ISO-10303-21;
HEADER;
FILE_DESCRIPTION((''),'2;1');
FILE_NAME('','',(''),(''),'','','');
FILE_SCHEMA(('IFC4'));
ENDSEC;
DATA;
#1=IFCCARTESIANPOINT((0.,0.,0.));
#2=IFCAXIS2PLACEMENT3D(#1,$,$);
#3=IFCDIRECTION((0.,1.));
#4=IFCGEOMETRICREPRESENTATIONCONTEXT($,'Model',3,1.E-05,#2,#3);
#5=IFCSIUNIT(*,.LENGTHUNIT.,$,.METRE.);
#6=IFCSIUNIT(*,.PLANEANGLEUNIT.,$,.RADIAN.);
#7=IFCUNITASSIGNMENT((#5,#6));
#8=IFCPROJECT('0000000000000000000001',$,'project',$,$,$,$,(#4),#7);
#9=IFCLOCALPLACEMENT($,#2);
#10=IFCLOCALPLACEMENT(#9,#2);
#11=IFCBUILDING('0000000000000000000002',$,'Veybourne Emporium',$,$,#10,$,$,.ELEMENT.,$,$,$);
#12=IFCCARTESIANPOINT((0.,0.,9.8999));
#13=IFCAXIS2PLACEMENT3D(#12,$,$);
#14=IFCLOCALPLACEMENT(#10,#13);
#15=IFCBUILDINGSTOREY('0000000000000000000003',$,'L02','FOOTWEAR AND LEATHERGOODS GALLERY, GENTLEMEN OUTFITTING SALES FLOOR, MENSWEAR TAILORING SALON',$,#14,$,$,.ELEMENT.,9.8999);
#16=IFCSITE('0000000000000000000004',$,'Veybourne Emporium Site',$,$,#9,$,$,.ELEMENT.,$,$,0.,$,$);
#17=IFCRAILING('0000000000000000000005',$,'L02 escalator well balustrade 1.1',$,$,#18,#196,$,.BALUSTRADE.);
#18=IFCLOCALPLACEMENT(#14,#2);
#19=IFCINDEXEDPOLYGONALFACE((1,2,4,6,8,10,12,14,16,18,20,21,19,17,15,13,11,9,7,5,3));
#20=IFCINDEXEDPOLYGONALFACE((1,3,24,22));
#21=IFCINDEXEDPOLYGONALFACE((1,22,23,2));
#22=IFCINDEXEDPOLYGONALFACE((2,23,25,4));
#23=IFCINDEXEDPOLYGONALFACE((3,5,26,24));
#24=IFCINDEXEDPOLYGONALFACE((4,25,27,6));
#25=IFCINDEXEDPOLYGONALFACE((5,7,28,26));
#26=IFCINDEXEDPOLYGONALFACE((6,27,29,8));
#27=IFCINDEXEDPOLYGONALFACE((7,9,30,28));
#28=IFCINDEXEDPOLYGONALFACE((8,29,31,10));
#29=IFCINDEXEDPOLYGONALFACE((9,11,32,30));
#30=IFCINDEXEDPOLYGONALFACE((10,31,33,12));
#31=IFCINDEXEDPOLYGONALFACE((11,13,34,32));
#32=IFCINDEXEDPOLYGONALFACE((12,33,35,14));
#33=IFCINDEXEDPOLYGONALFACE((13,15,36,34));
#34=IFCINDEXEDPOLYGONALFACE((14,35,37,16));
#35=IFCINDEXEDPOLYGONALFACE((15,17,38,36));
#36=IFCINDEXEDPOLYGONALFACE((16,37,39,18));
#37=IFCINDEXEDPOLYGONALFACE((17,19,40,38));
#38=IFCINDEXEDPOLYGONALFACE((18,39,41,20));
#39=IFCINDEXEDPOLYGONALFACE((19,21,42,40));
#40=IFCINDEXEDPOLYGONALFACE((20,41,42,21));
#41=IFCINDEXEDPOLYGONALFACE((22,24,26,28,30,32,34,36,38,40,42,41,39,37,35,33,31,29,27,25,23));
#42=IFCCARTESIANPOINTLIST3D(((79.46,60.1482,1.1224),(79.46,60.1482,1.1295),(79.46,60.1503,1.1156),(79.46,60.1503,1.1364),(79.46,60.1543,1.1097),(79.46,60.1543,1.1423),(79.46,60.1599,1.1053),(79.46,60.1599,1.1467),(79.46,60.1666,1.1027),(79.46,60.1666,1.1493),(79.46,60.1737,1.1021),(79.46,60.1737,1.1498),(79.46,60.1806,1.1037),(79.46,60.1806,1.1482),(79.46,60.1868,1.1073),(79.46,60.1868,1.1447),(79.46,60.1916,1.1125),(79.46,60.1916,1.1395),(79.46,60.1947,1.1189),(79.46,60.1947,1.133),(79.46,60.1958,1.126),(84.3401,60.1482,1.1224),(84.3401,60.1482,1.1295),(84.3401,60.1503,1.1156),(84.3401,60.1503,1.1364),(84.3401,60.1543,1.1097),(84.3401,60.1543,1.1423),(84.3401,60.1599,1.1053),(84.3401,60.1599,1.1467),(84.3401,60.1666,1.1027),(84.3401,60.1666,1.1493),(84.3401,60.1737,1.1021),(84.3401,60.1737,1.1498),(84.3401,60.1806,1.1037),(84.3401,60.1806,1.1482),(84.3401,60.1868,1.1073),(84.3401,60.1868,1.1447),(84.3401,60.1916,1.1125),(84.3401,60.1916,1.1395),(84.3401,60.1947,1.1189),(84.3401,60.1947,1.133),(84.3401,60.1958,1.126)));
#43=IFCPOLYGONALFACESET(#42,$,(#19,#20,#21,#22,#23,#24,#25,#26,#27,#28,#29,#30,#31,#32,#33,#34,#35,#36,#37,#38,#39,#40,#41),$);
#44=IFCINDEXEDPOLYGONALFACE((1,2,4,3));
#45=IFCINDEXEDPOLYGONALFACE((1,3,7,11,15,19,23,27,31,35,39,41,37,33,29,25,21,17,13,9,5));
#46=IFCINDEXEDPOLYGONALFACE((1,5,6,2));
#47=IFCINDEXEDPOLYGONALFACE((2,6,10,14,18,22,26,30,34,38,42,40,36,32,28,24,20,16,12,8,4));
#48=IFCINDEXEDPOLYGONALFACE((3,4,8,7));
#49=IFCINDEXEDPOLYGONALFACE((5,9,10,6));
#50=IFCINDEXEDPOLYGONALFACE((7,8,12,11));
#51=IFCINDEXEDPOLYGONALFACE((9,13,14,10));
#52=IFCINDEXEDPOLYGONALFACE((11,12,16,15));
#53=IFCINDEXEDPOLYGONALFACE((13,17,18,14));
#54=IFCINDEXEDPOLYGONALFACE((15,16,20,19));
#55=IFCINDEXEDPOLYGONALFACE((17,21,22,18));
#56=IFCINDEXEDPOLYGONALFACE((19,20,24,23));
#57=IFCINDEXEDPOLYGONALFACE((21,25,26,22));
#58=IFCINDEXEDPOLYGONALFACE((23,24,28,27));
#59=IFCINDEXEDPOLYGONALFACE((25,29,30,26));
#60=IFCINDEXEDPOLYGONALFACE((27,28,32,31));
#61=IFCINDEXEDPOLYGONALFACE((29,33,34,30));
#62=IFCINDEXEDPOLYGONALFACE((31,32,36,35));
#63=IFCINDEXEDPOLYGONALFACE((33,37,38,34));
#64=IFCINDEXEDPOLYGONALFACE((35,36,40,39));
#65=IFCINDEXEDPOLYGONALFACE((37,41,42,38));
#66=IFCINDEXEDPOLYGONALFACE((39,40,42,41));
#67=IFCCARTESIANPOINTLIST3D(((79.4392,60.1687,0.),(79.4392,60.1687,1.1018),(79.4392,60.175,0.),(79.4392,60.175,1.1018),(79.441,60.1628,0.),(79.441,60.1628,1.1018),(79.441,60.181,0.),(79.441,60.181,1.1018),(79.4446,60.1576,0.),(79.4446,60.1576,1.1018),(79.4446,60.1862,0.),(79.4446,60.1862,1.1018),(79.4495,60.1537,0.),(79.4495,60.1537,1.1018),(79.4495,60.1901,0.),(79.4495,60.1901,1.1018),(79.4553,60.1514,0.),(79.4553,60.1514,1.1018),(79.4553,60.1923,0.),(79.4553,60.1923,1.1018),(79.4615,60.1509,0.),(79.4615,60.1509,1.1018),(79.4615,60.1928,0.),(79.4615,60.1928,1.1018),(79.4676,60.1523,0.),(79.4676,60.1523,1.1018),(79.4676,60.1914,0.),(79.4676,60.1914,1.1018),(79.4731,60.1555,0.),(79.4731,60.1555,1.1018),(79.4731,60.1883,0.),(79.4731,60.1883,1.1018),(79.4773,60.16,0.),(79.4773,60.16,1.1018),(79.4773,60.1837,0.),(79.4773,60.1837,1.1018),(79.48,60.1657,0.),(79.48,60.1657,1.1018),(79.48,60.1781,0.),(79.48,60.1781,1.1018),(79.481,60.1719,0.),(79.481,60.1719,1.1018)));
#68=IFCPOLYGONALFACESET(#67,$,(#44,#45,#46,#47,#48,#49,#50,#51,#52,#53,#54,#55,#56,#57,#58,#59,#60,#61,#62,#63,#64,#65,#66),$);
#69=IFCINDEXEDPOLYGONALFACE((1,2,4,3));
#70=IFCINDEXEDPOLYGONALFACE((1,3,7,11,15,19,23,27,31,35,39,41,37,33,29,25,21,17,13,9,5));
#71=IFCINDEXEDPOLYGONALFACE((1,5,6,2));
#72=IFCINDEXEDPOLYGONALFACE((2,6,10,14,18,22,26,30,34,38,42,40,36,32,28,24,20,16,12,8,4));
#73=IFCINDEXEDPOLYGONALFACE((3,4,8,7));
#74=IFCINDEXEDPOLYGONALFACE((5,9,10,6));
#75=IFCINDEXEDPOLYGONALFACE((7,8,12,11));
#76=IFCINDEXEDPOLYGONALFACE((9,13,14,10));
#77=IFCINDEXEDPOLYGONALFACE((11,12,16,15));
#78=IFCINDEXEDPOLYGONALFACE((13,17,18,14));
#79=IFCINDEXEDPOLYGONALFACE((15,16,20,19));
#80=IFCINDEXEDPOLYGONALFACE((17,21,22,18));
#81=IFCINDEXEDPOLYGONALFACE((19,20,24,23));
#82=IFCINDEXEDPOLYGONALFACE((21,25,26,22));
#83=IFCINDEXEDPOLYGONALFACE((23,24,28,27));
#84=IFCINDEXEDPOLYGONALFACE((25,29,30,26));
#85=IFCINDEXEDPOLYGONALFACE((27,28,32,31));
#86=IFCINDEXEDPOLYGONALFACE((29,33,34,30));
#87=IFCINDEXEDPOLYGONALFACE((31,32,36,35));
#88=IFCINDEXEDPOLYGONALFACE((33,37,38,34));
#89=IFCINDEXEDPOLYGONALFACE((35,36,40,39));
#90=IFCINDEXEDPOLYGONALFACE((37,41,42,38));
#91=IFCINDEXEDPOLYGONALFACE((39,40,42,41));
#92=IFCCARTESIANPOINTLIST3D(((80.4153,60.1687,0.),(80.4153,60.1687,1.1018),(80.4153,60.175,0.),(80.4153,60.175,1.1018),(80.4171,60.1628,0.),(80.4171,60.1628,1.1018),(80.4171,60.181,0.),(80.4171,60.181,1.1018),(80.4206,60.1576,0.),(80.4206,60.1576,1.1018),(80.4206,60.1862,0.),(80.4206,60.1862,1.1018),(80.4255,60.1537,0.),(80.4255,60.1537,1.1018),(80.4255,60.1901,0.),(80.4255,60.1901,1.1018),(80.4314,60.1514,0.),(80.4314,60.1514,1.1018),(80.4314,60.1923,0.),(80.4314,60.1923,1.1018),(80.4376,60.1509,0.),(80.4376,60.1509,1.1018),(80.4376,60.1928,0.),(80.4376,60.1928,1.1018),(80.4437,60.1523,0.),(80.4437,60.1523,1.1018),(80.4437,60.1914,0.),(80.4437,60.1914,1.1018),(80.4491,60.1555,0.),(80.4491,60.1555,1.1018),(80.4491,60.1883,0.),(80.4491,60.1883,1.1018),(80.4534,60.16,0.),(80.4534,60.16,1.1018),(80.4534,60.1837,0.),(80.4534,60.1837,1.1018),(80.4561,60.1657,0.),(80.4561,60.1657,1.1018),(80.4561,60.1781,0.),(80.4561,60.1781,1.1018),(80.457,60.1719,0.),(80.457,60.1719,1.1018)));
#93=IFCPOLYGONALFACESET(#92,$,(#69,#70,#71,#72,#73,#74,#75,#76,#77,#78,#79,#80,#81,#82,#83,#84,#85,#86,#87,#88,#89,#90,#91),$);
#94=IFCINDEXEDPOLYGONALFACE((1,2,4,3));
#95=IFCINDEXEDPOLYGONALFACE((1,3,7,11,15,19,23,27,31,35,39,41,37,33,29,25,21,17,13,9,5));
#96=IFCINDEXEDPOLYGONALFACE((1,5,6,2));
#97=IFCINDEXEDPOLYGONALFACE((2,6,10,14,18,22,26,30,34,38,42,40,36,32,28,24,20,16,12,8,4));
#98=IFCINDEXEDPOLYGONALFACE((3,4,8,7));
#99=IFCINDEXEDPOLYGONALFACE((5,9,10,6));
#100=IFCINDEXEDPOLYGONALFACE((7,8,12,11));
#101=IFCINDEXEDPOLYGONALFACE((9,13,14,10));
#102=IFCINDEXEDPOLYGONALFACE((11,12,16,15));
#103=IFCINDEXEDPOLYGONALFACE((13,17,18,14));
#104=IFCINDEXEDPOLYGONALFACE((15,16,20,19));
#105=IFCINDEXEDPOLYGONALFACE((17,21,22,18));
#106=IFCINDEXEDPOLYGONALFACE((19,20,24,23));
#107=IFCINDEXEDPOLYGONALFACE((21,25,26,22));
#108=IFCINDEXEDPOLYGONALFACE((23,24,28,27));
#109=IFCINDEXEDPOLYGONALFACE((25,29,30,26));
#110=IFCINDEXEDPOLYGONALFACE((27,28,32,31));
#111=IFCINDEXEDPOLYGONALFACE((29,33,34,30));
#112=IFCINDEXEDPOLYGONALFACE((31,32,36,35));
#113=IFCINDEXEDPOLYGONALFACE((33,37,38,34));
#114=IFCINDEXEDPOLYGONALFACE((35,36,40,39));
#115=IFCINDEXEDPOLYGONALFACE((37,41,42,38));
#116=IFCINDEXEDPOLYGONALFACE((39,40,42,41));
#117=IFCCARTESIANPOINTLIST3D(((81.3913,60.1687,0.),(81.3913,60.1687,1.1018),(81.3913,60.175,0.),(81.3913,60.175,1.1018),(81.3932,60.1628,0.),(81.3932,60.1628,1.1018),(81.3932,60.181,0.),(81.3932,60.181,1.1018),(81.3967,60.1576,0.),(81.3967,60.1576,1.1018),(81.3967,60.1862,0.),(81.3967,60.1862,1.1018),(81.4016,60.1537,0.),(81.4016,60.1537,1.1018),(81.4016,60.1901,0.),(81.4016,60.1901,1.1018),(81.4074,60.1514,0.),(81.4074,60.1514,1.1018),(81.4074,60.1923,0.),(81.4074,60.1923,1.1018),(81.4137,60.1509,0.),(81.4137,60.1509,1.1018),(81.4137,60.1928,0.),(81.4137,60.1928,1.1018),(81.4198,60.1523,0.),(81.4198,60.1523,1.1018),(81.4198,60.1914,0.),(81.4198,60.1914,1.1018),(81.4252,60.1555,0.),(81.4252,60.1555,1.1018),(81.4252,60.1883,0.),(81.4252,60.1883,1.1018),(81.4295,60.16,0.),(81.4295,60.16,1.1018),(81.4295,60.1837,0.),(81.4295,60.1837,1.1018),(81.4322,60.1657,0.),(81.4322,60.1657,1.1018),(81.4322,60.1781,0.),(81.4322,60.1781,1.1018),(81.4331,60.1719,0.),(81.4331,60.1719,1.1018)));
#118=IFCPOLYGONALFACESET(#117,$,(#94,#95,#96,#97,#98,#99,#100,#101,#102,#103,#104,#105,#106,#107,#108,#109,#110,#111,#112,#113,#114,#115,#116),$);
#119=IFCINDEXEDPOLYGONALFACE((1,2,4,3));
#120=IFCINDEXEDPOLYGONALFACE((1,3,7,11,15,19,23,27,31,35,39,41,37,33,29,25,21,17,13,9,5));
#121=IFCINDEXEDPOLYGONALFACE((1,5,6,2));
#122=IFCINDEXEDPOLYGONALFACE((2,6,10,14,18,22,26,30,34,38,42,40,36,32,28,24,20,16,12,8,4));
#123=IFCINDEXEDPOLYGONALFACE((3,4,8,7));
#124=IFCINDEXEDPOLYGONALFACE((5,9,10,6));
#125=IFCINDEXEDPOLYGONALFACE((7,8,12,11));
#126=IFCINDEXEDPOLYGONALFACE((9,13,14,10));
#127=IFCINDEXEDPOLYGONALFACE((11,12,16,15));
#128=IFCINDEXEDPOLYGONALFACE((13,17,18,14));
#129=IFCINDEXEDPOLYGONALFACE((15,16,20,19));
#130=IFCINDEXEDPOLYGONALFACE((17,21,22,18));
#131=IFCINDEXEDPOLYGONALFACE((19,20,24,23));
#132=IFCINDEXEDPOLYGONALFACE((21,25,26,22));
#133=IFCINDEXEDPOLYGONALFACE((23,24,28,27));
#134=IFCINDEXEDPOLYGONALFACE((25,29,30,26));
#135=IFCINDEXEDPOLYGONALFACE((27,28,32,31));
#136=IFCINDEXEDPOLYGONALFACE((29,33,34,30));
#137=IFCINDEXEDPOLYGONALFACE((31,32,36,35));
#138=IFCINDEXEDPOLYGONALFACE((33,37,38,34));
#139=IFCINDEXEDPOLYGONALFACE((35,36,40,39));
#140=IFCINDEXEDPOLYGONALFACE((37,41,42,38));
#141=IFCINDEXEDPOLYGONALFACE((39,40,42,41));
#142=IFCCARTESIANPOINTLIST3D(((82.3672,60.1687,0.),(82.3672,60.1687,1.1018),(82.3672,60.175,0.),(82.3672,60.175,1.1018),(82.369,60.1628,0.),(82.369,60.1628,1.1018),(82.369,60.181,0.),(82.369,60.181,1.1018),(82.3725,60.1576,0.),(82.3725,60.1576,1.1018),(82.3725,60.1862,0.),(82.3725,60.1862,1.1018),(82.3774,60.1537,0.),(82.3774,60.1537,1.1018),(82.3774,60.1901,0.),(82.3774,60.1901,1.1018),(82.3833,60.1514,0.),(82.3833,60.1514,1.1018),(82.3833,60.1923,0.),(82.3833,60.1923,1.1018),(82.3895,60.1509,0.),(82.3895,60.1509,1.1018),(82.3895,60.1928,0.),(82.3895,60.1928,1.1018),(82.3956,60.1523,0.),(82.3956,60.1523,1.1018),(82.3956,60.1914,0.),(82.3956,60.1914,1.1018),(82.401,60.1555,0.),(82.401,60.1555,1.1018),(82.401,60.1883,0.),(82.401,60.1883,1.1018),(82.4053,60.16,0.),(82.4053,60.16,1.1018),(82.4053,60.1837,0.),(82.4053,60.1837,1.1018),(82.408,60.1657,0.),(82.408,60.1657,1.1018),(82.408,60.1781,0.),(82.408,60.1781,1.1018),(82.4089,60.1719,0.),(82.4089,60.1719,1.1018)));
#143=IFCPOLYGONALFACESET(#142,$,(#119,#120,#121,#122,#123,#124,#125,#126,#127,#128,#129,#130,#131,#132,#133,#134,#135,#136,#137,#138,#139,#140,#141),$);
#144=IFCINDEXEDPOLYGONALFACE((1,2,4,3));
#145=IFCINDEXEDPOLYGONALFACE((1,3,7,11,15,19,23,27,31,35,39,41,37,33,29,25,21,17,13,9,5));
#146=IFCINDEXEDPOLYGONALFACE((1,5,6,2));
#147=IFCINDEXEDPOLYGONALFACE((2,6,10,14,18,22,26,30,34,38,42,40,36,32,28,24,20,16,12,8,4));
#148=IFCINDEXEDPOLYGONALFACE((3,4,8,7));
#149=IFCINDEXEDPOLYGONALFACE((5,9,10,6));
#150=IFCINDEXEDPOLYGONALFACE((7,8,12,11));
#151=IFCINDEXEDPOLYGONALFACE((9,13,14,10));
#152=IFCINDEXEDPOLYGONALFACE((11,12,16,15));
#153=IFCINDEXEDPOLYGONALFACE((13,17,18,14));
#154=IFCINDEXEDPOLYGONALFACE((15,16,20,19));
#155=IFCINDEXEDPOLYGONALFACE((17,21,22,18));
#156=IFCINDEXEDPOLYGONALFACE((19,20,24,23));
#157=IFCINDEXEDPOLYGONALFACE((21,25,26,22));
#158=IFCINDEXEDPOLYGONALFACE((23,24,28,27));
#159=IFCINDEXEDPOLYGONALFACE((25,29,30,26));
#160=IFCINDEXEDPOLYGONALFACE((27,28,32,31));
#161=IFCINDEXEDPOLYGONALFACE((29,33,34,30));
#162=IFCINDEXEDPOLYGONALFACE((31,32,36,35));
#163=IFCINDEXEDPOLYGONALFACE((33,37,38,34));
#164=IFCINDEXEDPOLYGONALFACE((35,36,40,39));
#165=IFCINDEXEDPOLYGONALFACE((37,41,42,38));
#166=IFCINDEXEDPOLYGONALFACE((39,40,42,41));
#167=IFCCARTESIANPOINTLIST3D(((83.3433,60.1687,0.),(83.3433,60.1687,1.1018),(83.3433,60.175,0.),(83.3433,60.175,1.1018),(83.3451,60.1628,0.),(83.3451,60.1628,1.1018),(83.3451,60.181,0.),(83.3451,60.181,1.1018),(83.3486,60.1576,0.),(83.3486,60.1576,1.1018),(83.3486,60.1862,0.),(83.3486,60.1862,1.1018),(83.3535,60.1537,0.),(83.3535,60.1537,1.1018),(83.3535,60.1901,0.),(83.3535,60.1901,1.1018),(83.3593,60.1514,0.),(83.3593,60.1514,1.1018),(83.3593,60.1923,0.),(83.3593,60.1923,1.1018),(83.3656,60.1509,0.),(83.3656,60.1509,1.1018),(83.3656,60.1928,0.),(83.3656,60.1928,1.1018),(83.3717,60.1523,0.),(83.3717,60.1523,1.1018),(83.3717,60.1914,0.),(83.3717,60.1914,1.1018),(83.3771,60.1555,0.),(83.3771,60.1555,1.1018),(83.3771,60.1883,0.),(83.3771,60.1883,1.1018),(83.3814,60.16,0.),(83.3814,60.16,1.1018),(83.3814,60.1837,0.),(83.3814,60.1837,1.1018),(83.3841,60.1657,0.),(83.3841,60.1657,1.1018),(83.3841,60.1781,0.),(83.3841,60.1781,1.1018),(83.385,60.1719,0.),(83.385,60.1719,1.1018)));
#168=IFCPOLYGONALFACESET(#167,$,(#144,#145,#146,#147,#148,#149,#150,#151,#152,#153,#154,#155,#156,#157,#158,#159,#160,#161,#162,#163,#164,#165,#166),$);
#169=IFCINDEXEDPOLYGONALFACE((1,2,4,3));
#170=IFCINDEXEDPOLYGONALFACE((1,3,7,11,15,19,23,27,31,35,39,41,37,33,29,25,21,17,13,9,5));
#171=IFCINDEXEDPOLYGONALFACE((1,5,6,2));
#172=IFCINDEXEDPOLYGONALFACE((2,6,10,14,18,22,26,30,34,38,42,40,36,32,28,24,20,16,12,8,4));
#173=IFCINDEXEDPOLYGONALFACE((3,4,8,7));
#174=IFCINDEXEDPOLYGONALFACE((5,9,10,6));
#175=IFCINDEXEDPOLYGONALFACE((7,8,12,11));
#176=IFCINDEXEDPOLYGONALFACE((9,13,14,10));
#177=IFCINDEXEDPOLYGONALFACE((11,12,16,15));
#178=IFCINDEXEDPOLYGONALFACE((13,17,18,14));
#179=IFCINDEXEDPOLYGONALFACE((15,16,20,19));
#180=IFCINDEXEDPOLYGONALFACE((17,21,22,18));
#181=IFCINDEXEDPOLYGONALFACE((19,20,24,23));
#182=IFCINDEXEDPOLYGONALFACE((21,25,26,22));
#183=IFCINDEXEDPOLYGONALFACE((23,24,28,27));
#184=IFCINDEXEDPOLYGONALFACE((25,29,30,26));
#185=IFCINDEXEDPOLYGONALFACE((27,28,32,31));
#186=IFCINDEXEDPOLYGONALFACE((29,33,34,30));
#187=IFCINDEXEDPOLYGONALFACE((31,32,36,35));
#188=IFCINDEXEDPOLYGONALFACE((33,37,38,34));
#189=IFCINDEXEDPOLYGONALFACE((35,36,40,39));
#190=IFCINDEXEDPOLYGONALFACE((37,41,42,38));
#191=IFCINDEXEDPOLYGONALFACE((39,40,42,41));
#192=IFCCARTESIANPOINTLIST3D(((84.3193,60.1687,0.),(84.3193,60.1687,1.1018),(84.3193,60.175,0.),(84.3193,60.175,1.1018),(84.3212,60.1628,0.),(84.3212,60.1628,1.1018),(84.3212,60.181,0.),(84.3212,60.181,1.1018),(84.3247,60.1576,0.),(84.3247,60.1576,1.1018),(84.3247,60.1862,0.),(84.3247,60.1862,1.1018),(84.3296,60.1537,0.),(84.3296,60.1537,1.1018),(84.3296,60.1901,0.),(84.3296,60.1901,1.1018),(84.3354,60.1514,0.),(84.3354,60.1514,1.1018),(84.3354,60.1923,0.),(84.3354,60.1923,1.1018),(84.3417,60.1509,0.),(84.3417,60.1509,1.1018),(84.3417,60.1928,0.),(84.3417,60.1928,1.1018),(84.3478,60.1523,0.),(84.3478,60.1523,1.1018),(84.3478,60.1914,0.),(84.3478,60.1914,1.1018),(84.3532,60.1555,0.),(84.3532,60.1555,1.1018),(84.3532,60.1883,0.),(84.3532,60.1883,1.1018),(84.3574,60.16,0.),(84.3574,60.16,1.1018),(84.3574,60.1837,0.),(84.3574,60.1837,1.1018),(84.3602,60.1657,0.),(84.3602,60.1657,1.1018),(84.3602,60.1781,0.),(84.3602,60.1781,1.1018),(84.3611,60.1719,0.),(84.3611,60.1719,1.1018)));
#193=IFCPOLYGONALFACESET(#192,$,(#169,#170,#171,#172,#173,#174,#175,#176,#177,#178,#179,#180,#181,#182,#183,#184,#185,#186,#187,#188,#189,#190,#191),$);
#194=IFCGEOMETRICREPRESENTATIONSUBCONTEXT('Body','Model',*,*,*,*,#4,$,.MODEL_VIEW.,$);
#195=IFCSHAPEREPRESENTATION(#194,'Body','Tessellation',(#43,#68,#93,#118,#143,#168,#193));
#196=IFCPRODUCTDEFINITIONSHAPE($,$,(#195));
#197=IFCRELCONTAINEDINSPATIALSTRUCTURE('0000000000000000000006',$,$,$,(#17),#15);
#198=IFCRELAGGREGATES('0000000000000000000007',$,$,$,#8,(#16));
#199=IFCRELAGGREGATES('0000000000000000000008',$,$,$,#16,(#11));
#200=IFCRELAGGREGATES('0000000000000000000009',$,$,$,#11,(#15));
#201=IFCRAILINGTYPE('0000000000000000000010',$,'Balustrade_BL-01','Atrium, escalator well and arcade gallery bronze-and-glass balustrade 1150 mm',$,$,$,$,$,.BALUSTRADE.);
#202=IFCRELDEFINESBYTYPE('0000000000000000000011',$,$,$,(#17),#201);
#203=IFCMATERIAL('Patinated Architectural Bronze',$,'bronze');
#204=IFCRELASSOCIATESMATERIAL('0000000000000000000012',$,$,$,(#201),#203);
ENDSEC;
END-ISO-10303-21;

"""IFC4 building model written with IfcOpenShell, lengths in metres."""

from ifc_helpers import new_model, si_unit, direction, frame, origin, origin_2d, place, context, subcontext, project, spatial, circle, extrude, material, type_object, element, save


model = new_model("IFC4")

# Units and contexts
model_context = context("Model", 3, precision=1e-05, world=origin(), true_north=direction((0.0, 1.0)))
body_context = subcontext(model_context, "Body", "Model", "MODEL_VIEW")
ifc_project = project(units=[si_unit("LENGTHUNIT", "METRE"), si_unit("PLANEANGLEUNIT", "RADIAN")], contexts=[model_context])

# Site, building, storey
site_placement = place(None, origin())
site = spatial("IfcSite", under=ifc_project, at=site_placement, Name="Veybourne Emporium Site", CompositionType="ELEMENT", RefElevation=0.0)
building_placement = place(site_placement, origin())
building = spatial("IfcBuilding", under=site, at=building_placement, Name="Veybourne Emporium", CompositionType="ELEMENT")
storey_placement = place(building_placement, frame((0.0, 0.0, 9.8999)))
storey = spatial("IfcBuildingStorey", under=building, at=storey_placement, Name="L02", Description="FOOTWEAR AND LEATHERGOODS GALLERY, GENTLEMEN OUTFITTING SALES FLOOR, MENSWEAR TAILORING SALON", CompositionType="ELEMENT", Elevation=9.8999)

# Railing
ifc_material_1 = material(Name="Patinated Architectural Bronze", Category="bronze")
railing_type = type_object("IfcRailingType", Name="Balustrade_BL-01", Description="Atrium, escalator well and arcade gallery bronze-and-glass balustrade 1150 mm", PredefinedType="BALUSTRADE", material=ifc_material_1)
railing_1_placement = place(storey_placement, frame((79.46, 60.1719, 0.0)))
element("IfcRailing", 1, at=railing_1_placement, inside=storey, type_object=railing_type, Name="L02 escalator well balustrade 1.1", PredefinedType="BALUSTRADE", context=body_context, shape_type="SweptSolid", body=[
    extrude(circle(Radius=0.0239, at=origin_2d()), frame((0.0, 0.0, 1.126), z_axis=(1.0, 0.0, 0.0), x_axis=(0.0, 1.0, 0.0)), (0.0, 0.0, 1.0), 4.8801),
    extrude(circle(Radius=0.021, at=origin_2d()), origin(), (0.0, 0.0, 1.0), 1.1018),
    extrude(circle(Radius=0.021, at=origin_2d()), frame((0.9761, 0.0, 0.0)), (0.0, 0.0, 1.0), 1.1018),
    extrude(circle(Radius=0.021, at=origin_2d()), frame((1.9521, 0.0, 0.0)), (0.0, 0.0, 1.0), 1.1018),
    extrude(circle(Radius=0.021, at=origin_2d()), frame((2.928, 0.0, 0.0)), (0.0, 0.0, 1.0), 1.1018),
    extrude(circle(Radius=0.021, at=origin_2d()), frame((3.9041, 0.0, 0.0)), (0.0, 0.0, 1.0), 1.1018),
    extrude(circle(Radius=0.021, at=origin_2d()), frame((4.8801, 0.0, 0.0)), (0.0, 0.0, 1.0), 1.1018),
])

save(model, "model.ifc")
